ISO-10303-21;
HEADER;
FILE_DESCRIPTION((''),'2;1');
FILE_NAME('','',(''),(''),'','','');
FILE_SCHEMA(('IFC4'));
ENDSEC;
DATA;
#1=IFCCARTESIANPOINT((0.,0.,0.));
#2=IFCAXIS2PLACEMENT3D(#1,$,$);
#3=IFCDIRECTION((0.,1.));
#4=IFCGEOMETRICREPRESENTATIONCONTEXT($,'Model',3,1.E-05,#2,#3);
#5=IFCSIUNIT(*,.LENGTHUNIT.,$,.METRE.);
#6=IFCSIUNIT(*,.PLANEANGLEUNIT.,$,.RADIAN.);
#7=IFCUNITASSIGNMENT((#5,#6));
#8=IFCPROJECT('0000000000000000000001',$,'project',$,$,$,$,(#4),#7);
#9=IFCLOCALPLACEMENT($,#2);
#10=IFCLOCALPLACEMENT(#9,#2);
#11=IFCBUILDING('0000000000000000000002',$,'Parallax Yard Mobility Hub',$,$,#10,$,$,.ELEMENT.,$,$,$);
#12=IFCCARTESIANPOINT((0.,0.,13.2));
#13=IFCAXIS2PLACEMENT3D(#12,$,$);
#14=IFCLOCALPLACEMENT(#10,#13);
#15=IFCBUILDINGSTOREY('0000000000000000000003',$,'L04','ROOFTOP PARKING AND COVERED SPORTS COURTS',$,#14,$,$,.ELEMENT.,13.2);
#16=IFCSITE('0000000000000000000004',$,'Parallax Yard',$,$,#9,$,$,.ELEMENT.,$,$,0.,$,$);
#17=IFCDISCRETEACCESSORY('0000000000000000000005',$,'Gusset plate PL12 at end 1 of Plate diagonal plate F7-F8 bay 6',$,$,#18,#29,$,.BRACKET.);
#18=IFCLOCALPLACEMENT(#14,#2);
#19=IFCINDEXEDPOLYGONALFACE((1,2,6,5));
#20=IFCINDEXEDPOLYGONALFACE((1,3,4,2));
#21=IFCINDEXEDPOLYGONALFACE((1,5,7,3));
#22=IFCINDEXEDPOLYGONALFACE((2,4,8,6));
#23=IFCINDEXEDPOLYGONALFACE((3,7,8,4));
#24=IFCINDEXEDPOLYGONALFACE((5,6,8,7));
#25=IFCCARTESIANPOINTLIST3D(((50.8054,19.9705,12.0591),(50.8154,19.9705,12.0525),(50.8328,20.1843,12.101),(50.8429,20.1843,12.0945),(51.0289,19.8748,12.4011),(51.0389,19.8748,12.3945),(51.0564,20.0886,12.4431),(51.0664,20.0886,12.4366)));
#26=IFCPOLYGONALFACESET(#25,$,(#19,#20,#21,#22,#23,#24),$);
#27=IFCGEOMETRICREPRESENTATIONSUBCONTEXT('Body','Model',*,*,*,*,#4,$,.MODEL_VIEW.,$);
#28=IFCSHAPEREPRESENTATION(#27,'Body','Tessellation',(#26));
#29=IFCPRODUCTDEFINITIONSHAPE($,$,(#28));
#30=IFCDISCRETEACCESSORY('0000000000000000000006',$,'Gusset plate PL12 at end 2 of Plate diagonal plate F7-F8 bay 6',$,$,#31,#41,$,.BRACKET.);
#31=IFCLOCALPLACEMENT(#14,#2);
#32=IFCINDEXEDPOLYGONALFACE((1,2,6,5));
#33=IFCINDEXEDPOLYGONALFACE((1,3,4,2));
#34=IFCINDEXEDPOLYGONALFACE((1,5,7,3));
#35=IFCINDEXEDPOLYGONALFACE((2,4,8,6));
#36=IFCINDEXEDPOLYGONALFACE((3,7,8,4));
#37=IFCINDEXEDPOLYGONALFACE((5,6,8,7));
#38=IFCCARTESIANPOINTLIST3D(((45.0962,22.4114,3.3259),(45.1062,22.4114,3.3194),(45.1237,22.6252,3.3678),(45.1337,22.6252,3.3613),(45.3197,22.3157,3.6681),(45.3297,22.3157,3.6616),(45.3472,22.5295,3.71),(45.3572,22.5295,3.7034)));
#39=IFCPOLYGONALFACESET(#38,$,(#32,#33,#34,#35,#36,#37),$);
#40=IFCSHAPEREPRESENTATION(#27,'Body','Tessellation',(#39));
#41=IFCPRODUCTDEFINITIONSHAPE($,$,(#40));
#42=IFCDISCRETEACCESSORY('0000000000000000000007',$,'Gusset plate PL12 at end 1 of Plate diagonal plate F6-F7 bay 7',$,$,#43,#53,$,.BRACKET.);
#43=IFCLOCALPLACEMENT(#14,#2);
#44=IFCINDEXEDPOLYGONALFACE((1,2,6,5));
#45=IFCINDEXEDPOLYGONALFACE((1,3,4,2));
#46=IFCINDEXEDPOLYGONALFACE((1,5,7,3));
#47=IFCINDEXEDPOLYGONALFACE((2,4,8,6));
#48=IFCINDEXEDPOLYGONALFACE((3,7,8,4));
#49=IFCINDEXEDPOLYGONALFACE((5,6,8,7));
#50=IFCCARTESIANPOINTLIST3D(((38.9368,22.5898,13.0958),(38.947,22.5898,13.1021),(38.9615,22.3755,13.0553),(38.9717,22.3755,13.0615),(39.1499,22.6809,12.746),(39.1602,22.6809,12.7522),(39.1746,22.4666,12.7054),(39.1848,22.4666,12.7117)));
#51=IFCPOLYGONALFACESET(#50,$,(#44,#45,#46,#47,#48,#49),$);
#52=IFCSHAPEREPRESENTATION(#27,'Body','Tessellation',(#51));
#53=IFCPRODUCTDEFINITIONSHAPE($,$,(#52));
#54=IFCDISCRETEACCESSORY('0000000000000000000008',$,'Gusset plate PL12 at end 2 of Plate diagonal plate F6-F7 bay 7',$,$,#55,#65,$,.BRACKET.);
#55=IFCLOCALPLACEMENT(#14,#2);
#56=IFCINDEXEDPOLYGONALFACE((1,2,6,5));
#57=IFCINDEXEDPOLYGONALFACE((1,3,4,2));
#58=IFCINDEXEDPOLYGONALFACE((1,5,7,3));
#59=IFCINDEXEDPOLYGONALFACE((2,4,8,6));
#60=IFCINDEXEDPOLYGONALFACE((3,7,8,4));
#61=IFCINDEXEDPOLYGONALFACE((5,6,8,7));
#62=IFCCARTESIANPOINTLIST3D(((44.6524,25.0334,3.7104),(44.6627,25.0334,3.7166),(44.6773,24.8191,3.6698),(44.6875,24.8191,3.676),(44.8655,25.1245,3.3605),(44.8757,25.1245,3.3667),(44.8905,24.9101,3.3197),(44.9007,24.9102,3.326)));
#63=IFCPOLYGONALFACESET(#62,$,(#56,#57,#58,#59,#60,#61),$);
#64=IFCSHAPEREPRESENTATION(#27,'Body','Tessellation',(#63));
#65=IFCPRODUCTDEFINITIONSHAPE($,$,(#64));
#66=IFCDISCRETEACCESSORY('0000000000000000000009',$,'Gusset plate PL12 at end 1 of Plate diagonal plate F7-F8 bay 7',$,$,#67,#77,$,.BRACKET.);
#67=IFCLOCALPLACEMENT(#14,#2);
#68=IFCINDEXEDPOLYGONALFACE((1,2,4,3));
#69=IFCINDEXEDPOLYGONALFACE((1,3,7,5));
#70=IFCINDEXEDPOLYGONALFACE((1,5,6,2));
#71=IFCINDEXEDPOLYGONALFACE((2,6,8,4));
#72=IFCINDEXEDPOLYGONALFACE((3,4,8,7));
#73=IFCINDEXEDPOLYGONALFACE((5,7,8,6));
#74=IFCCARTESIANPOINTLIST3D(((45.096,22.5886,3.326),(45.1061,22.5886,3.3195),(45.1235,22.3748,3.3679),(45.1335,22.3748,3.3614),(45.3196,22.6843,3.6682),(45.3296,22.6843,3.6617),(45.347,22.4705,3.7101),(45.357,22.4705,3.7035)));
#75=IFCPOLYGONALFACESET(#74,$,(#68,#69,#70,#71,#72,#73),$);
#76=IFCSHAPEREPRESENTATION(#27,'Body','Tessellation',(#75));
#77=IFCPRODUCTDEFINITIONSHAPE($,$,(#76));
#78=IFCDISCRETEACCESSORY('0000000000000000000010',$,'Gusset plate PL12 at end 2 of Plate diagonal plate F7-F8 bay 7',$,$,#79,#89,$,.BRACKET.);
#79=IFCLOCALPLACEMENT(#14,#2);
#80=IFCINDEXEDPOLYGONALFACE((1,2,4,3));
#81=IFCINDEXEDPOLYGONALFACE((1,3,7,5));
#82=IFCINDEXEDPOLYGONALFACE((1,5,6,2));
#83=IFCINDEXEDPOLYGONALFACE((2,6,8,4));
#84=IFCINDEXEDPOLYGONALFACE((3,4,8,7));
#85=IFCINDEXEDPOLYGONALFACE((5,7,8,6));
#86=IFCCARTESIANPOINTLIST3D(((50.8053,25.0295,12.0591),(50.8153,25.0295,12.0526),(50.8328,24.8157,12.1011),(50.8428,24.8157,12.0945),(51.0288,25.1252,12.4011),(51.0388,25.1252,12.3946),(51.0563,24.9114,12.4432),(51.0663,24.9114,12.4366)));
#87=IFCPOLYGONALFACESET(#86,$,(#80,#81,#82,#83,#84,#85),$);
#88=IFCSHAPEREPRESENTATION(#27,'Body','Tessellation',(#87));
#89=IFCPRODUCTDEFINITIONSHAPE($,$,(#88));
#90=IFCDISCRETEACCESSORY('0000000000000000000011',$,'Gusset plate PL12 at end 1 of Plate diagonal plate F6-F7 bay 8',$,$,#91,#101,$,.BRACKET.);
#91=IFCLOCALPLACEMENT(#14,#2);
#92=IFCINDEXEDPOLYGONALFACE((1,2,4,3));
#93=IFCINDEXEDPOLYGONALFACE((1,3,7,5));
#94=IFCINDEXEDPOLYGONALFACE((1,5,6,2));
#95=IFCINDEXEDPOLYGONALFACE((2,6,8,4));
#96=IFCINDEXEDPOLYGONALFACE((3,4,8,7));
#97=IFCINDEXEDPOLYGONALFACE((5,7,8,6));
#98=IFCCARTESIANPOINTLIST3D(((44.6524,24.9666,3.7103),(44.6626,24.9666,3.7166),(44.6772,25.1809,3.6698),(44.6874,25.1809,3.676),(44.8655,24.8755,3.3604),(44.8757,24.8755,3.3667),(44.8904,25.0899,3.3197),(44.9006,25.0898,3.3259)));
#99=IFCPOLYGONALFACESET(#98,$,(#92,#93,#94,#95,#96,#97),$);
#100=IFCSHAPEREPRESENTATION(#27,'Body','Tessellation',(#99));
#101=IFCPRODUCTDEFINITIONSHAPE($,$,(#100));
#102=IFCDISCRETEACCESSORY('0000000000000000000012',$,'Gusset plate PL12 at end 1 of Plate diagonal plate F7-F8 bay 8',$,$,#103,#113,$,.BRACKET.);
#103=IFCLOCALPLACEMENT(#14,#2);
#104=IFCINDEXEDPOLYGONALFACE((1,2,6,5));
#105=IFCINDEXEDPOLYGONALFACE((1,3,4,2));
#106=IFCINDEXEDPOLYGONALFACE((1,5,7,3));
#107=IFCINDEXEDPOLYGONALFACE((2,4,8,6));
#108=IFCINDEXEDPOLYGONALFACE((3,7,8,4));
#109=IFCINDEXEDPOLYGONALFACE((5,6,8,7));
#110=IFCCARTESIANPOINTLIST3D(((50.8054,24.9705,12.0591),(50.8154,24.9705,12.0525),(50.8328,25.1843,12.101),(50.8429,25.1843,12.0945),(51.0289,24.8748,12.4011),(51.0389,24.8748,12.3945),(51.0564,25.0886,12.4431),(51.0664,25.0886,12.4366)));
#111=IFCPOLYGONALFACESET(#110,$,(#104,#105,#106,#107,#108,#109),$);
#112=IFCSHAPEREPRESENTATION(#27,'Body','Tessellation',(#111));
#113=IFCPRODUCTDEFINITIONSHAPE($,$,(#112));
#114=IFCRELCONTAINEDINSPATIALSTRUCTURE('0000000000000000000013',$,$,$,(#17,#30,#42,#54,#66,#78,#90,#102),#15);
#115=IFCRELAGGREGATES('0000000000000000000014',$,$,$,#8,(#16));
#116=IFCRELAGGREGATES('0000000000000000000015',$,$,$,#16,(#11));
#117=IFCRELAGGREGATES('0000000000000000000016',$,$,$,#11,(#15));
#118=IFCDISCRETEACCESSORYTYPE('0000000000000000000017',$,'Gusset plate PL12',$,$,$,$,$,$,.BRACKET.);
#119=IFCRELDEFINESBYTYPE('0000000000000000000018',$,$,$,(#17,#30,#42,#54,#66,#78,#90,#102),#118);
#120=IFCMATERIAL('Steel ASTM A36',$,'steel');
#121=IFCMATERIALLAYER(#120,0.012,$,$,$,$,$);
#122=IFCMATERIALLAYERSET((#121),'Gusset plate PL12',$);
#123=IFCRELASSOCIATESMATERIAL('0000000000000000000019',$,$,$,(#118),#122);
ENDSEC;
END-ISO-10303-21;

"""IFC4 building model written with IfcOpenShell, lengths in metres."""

from ifc_helpers import new_model, si_unit, direction, frame, origin, place, context, subcontext, project, spatial, polyline, outline, extrude, material, layer, layer_set, type_object, element, save


model = new_model("IFC4")

# Units and contexts
model_context = context("Model", 3, precision=1e-05, world=origin(), true_north=direction((0.0, 1.0)))
body_context = subcontext(model_context, "Body", "Model", "MODEL_VIEW")
ifc_project = project(units=[si_unit("LENGTHUNIT", "METRE"), si_unit("PLANEANGLEUNIT", "RADIAN")], contexts=[model_context])

# Site, building, storey
site_placement = place(None, origin())
site = spatial("IfcSite", under=ifc_project, at=site_placement, Name="Parallax Yard", CompositionType="ELEMENT", RefElevation=0.0)
building_placement = place(site_placement, origin())
building = spatial("IfcBuilding", under=site, at=building_placement, Name="Parallax Yard Mobility Hub", CompositionType="ELEMENT")
storey_placement = place(building_placement, frame((0.0, 0.0, 13.2)))
storey = spatial("IfcBuildingStorey", under=building, at=storey_placement, Name="L04", Description="ROOFTOP PARKING AND COVERED SPORTS COURTS", CompositionType="ELEMENT", Elevation=13.2)

# Discrete accessories
ifc_material_1 = material(Name="Steel ASTM A36", Category="steel")
ifc_layer = layer(ifc_material_1, 0.012)
ifc_layer_set = layer_set([ifc_layer], Name="Gusset plate PL12")
discrete_accessory_type = type_object("IfcDiscreteAccessoryType", Name="Gusset plate PL12", PredefinedType="BRACKET", material=ifc_layer_set)
discrete_accessory_1_placement = place(storey_placement, frame((50.8054, 19.9705, 12.0591), z_axis=(-0.837105, 0.000095, 0.547043), x_axis=(0.532605, -0.228089, 0.815051)))
element("IfcDiscreteAccessory", 1, at=discrete_accessory_1_placement, inside=storey, type_object=discrete_accessory_type, Name="Gusset plate PL12 at end 1 of Plate diagonal plate F7-F8 bay 6", PredefinedType="BRACKET", context=body_context, shape_type="SweptSolid", body=[
    extrude(outline(polyline([(0.0, 0.0), (0.4196, 0.0), (0.4197, 0.2197), (0.0, 0.2197), (0.0, 0.0)])), origin(), (0.0, 0.0, -1.0), 0.012),
])
discrete_accessory_2_placement = place(storey_placement, frame((45.3472, 22.5295, 3.71), z_axis=(-0.837152, 0.000427, 0.546971), x_axis=(-0.532481, 0.228018, -0.815152)))
element("IfcDiscreteAccessory", 2, at=discrete_accessory_2_placement, inside=storey, type_object=discrete_accessory_type, Name="Gusset plate PL12 at end 2 of Plate diagonal plate F7-F8 bay 6", PredefinedType="BRACKET", context=body_context, shape_type="SweptSolid", body=[
    extrude(outline(polyline([(0.0, 0.0), (0.4197, 0.0), (0.4197, 0.2197), (0.0, 0.2196), (0.0, 0.0)])), origin(), (0.0, 0.0, -1.0), 0.012),
])
discrete_accessory_3_placement = place(storey_placement, frame((39.1602, 22.6809, 12.7522), z_axis=(0.854017, -0.00012, 0.520246), x_axis=(-0.507872, -0.216994, 0.833654)))
element("IfcDiscreteAccessory", 3, at=discrete_accessory_3_placement, inside=storey, type_object=discrete_accessory_type, Name="Gusset plate PL12 at end 1 of Plate diagonal plate F6-F7 bay 7", PredefinedType="BRACKET", context=body_context, shape_type="SweptSolid", body=[
    extrude(outline(polyline([(0.0, 0.0), (0.4197, 0.0), (0.4199, 0.2195), (0.0002, 0.2195), (0.0, 0.0)])), origin(), (0.0, 0.0, -1.0), 0.012),
])
discrete_accessory_4_placement = place(storey_placement, frame((44.6875, 24.8191, 3.676), z_axis=(0.854019, 0.000558, 0.520242), x_axis=(0.507755, 0.216889, -0.833753)))
element("IfcDiscreteAccessory", 4, at=discrete_accessory_4_placement, inside=storey, type_object=discrete_accessory_type, Name="Gusset plate PL12 at end 2 of Plate diagonal plate F6-F7 bay 7", PredefinedType="BRACKET", context=body_context, shape_type="SweptSolid", body=[
    extrude(outline(polyline([(0.0, 0.0), (0.4199, 0.0), (0.4197, 0.2196), (0.0001, 0.2196), (0.0, 0.0)])), origin(), (0.0, 0.0, -1.0), 0.012),
])
discrete_accessory_5_placement = place(storey_placement, frame((45.3196, 22.6843, 3.6682), z_axis=(-0.837152, -0.000427, 0.546971), x_axis=(-0.532485, -0.227981, -0.815159)))
element("IfcDiscreteAccessory", 5, at=discrete_accessory_5_placement, inside=storey, type_object=discrete_accessory_type, Name="Gusset plate PL12 at end 1 of Plate diagonal plate F7-F8 bay 7", PredefinedType="BRACKET", context=body_context, shape_type="SweptSolid", body=[
    extrude(outline(polyline([(0.0, 0.0), (0.4198, 0.0), (0.4198, 0.2197), (0.0, 0.2196), (0.0, 0.0)])), origin(), (0.0, 0.0, -1.0), 0.012),
])
discrete_accessory_6_placement = place(storey_placement, frame((50.8328, 24.8157, 12.1011), z_axis=(-0.837105, -0.000095, 0.547043), x_axis=(0.532614, 0.228018, 0.815065)))
element("IfcDiscreteAccessory", 6, at=discrete_accessory_6_placement, inside=storey, type_object=discrete_accessory_type, Name="Gusset plate PL12 at end 2 of Plate diagonal plate F7-F8 bay 7", PredefinedType="BRACKET", context=body_context, shape_type="SweptSolid", body=[
    extrude(outline(polyline([(0.0, 0.0), (0.4197, 0.0), (0.4196, 0.2197), (0.0, 0.2197), (0.0, 0.0)])), origin(), (0.0, 0.0, -1.0), 0.012),
])
discrete_accessory_7_placement = place(storey_placement, frame((44.6626, 24.9666, 3.7166), z_axis=(0.854019, -0.000558, 0.520242), x_axis=(0.507743, -0.216994, -0.833733)))
element("IfcDiscreteAccessory", 7, at=discrete_accessory_7_placement, inside=storey, type_object=discrete_accessory_type, Name="Gusset plate PL12 at end 1 of Plate diagonal plate F6-F7 bay 8", PredefinedType="BRACKET", context=body_context, shape_type="SweptSolid", body=[
    extrude(outline(polyline([(0.0, 0.0), (0.4197, 0.0), (0.4198, 0.2196), (-0.0001, 0.2196), (0.0, 0.0)])), origin(), (0.0, 0.0, -1.0), 0.012),
])
discrete_accessory_8_placement = place(storey_placement, frame((50.8054, 24.9705, 12.0591), z_axis=(-0.837105, 0.000095, 0.547043), x_axis=(0.532605, -0.228089, 0.815051)))
element("IfcDiscreteAccessory", 8, at=discrete_accessory_8_placement, inside=storey, type_object=discrete_accessory_type, Name="Gusset plate PL12 at end 1 of Plate diagonal plate F7-F8 bay 8", PredefinedType="BRACKET", context=body_context, shape_type="SweptSolid", body=[
    extrude(outline(polyline([(0.0, 0.0), (0.4196, 0.0), (0.4197, 0.2197), (0.0, 0.2197), (0.0, 0.0)])), origin(), (0.0, 0.0, -1.0), 0.012),
])

save(model, "model.ifc")
